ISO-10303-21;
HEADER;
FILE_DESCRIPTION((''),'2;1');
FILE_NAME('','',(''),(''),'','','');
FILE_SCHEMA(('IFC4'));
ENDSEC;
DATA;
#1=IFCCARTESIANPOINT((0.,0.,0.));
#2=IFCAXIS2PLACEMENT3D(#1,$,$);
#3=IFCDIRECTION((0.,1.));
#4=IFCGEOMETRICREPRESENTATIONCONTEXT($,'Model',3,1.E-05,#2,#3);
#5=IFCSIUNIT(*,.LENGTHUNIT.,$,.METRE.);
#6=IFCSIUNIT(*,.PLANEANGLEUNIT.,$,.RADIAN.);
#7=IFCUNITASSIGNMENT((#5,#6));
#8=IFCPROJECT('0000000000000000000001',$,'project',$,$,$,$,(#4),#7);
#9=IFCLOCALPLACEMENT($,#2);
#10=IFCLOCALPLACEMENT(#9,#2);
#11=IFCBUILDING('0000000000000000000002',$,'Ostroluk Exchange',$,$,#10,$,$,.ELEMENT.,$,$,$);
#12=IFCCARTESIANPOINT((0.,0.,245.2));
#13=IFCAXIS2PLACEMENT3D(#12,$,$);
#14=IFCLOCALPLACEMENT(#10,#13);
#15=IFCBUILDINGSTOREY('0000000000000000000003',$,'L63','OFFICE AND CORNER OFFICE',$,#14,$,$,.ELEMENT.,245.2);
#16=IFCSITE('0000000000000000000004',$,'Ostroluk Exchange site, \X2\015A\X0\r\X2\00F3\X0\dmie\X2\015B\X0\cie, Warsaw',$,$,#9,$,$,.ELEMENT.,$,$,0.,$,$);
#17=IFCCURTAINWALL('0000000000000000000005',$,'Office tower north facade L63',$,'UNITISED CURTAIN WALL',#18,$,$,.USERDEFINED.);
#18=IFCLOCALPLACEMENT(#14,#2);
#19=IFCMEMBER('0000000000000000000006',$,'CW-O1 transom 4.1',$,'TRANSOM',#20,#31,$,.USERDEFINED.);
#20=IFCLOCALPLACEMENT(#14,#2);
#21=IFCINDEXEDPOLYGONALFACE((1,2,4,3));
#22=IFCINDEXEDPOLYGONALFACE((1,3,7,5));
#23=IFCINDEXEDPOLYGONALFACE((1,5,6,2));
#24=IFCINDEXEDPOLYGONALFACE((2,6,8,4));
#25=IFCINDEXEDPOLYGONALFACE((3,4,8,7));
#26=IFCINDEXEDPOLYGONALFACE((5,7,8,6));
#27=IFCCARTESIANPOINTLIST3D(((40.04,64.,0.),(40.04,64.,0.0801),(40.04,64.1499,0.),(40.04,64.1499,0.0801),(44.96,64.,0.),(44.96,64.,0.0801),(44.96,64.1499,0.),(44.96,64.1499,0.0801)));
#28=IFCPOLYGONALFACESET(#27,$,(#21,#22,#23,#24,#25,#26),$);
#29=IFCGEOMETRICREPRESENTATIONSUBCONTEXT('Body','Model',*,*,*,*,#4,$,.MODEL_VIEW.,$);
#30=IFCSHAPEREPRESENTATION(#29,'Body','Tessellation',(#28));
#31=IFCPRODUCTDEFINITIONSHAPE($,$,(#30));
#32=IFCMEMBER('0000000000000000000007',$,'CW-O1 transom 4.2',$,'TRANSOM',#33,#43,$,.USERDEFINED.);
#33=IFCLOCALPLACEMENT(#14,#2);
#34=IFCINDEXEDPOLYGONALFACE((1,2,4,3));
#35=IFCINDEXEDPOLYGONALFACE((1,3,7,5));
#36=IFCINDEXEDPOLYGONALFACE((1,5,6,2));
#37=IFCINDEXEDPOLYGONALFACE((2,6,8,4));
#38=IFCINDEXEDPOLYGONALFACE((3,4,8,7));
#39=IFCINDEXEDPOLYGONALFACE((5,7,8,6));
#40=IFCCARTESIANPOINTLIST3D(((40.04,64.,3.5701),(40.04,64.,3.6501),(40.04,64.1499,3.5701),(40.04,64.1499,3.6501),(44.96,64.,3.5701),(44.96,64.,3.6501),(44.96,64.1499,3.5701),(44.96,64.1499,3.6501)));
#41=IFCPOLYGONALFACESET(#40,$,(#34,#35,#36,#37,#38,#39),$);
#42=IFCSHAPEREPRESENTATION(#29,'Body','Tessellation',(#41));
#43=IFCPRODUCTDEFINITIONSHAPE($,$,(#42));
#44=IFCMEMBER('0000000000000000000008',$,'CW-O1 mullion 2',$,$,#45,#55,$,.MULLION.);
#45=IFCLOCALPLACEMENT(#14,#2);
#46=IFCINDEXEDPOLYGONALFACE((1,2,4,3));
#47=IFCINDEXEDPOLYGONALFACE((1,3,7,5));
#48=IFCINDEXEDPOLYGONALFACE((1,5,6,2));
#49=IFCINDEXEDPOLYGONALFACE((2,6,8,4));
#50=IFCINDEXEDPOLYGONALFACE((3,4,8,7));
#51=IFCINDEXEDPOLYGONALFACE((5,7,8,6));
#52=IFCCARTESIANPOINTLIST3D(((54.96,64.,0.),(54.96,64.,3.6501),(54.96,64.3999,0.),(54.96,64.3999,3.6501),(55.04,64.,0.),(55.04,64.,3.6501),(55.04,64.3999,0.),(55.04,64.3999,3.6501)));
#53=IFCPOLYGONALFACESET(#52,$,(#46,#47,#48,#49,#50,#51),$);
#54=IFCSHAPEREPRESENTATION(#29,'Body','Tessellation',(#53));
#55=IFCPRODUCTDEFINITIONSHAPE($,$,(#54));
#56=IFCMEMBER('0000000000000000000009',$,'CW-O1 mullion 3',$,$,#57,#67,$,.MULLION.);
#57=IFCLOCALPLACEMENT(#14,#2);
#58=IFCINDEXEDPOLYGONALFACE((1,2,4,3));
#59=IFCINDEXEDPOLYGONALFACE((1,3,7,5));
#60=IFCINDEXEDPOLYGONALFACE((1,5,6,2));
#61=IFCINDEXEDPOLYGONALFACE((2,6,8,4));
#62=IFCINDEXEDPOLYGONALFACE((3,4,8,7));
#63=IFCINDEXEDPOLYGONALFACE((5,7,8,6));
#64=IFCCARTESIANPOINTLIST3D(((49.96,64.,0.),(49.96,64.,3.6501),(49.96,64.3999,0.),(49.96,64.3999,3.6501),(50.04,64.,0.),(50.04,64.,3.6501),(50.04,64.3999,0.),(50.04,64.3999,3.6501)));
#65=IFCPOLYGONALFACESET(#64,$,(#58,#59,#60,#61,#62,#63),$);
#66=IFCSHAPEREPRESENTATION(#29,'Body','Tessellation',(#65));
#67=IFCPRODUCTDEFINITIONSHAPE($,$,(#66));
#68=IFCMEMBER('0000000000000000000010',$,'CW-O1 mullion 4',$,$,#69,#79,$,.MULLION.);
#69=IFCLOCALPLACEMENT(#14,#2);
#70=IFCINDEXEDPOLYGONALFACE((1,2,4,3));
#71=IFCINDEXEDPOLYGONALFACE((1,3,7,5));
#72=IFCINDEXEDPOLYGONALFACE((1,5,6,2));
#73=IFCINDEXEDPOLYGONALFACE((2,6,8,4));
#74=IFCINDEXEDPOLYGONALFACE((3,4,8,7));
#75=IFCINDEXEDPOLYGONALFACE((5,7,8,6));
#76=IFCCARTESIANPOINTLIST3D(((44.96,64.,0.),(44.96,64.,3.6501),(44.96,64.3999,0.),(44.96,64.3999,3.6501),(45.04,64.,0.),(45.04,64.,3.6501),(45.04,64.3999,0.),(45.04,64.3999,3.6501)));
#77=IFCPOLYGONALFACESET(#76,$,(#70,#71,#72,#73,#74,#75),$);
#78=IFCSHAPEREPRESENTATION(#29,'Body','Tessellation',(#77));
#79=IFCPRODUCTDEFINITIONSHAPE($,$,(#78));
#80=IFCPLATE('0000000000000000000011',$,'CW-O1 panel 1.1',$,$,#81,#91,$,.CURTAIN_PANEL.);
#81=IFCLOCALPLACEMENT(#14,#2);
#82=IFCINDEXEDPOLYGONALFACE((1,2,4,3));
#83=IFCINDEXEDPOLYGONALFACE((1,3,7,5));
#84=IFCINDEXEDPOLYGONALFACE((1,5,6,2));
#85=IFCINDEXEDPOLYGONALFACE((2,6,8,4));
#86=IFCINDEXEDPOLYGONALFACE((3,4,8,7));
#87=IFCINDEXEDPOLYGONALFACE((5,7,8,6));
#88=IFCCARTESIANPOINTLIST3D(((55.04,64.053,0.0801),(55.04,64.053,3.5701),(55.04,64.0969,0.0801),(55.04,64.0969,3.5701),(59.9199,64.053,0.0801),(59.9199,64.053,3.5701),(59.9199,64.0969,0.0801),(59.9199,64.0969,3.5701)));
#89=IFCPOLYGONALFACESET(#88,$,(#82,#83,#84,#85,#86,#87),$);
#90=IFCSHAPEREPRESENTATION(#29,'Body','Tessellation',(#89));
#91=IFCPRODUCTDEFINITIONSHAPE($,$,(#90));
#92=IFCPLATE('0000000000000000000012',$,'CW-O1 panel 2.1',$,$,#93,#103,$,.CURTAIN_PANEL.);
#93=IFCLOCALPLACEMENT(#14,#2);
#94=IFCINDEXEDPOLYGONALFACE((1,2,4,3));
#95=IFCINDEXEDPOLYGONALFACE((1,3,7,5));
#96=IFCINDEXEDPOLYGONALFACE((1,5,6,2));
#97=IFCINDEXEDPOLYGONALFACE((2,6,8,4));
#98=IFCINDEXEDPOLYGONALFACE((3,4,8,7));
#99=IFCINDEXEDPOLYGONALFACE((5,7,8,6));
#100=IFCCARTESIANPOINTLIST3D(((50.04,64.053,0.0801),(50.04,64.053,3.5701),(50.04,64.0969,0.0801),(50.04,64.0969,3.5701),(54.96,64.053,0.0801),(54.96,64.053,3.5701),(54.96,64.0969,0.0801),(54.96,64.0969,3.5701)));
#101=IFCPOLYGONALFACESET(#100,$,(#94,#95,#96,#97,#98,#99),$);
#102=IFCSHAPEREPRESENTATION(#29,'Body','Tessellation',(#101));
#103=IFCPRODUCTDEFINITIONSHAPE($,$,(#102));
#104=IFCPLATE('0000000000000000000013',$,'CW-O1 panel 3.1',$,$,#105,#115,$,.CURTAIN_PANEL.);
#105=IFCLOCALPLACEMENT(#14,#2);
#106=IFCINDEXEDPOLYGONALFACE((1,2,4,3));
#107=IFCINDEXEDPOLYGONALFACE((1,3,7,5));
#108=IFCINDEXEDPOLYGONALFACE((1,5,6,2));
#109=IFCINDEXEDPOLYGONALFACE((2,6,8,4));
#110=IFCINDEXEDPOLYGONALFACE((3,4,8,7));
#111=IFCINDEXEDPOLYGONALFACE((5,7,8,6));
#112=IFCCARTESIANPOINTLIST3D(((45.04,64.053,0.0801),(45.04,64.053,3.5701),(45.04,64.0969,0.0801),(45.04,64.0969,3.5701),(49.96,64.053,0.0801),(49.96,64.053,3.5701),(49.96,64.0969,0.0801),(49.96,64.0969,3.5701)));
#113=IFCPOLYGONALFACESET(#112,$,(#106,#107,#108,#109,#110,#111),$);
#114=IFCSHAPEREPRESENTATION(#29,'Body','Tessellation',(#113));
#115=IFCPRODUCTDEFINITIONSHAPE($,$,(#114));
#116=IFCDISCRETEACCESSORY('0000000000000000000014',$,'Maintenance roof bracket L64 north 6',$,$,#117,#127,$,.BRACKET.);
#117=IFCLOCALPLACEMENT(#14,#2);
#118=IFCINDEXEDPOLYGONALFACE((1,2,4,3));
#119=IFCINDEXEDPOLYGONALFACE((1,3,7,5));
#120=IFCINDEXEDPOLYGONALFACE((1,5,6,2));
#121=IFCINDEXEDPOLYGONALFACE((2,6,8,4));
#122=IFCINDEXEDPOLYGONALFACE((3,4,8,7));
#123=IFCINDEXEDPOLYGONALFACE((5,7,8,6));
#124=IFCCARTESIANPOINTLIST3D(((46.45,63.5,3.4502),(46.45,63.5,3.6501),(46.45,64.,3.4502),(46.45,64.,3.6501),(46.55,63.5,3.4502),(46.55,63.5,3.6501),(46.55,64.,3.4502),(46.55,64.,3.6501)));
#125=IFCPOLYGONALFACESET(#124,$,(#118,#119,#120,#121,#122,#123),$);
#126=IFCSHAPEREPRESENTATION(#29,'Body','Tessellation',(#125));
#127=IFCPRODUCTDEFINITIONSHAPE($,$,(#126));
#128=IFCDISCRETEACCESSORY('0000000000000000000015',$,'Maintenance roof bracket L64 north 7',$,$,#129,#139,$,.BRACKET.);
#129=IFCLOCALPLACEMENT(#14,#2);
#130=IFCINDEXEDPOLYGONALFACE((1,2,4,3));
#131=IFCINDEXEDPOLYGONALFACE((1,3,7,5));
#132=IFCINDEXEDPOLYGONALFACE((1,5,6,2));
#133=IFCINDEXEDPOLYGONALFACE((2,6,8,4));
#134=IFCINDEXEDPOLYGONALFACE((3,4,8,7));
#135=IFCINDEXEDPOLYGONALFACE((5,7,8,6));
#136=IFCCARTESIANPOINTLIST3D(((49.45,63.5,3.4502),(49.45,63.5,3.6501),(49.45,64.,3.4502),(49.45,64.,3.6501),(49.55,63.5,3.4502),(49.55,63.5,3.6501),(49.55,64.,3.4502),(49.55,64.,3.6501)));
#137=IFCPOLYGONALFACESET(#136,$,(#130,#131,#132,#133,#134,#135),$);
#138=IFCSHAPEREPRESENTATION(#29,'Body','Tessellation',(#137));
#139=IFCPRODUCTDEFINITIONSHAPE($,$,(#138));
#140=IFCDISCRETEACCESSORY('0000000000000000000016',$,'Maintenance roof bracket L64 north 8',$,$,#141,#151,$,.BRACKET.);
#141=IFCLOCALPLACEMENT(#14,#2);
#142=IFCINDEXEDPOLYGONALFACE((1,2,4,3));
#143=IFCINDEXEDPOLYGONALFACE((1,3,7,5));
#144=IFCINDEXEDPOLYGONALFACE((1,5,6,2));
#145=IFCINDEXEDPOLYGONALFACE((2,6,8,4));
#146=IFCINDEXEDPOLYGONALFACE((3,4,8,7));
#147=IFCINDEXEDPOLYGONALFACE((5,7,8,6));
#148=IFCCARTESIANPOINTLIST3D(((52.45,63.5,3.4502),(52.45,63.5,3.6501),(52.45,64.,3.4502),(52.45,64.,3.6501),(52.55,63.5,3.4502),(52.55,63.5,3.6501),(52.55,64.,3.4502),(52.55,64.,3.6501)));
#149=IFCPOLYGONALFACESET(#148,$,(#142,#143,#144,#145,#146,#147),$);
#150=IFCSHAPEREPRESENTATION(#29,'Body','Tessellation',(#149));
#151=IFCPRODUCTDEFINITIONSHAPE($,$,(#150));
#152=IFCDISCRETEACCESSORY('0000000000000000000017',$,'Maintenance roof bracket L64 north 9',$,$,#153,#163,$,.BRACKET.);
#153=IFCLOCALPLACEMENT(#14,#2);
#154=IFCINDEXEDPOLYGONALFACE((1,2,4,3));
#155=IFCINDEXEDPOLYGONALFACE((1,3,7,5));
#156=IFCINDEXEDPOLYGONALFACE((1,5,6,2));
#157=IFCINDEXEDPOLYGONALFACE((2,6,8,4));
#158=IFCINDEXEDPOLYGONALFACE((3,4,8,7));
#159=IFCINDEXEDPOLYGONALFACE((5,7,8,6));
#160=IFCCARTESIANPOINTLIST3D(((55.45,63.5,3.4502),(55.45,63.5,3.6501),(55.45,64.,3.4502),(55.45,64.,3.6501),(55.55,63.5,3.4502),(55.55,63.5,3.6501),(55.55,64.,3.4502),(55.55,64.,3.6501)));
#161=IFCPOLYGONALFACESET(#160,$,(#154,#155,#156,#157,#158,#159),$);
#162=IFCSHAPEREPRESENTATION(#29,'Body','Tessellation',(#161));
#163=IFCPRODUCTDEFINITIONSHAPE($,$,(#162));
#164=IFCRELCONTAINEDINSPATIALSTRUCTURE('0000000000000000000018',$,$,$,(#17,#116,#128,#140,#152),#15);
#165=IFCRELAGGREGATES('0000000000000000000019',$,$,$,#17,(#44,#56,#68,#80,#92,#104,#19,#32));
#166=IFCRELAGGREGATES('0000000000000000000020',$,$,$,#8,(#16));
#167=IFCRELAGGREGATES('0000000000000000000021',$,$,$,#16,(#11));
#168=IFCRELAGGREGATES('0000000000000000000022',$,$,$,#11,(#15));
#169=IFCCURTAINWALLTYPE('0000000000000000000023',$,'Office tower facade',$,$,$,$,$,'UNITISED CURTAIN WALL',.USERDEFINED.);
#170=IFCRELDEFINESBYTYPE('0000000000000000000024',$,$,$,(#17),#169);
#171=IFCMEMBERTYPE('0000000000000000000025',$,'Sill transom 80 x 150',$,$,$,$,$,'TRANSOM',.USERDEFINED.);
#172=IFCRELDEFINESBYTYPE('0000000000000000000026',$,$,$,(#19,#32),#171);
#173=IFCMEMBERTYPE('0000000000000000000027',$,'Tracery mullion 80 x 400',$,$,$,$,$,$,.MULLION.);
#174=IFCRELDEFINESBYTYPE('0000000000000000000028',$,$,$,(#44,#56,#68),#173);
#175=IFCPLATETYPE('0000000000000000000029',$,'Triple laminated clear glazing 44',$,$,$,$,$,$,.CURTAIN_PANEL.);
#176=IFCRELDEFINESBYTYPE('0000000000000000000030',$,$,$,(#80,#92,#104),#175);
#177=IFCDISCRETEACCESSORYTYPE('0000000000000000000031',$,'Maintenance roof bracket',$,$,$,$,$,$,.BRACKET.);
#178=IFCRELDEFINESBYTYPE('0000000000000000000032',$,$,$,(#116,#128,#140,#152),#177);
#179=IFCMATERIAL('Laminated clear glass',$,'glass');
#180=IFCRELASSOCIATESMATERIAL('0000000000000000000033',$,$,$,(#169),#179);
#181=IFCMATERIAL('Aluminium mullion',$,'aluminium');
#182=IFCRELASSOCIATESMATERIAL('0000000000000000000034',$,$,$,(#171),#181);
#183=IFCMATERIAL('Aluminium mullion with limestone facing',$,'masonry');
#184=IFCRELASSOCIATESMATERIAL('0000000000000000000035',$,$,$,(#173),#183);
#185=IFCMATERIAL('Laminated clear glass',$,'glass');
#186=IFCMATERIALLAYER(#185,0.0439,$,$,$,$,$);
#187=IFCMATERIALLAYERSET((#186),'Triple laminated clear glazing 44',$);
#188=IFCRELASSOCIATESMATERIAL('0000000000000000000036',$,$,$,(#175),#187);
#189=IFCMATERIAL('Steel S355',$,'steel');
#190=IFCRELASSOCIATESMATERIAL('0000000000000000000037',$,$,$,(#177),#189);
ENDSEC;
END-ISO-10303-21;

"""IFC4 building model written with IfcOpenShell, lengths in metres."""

from ifc_helpers import new_model, si_unit, direction, frame, origin, origin_2d, place, context, subcontext, project, spatial, rectangle, extrude, material, layer, layer_set, material_profile, profile_set, type_object, element, aggregate, save


model = new_model("IFC4")

# Units and contexts
model_context = context("Model", 3, precision=1e-05, world=origin(), true_north=direction((0.0, 1.0)))
body_context = subcontext(model_context, "Body", "Model", "MODEL_VIEW")
ifc_project = project(units=[si_unit("LENGTHUNIT", "METRE"), si_unit("PLANEANGLEUNIT", "RADIAN")], contexts=[model_context])

# Site, building, storey
site_placement = place(None, origin())
site = spatial("IfcSite", under=ifc_project, at=site_placement, Name="Ostroluk Exchange site, Śródmieście, Warsaw", CompositionType="ELEMENT", RefElevation=0.0)
building_placement = place(site_placement, origin())
building = spatial("IfcBuilding", under=site, at=building_placement, Name="Ostroluk Exchange", CompositionType="ELEMENT")
storey_placement = place(building_placement, frame((0.0, 0.0, 245.2)))
storey = spatial("IfcBuildingStorey", under=building, at=storey_placement, Name="L63", Description="OFFICE AND CORNER OFFICE", CompositionType="ELEMENT", Elevation=245.2)

# Curtain wall, members, plates
ifc_material_1 = material(Name="Laminated clear glass", Category="glass")
curtain_wall_type = type_object("IfcCurtainWallType", Name="Office tower facade", ElementType="UNITISED CURTAIN WALL", PredefinedType="USERDEFINED", material=ifc_material_1)
curtain_wall_placement = place(storey_placement, origin())
curtain_wall = element("IfcCurtainWall", 1, at=curtain_wall_placement, inside=storey, type_object=curtain_wall_type, Name="Office tower north facade L63", ObjectType="UNITISED CURTAIN WALL", PredefinedType="USERDEFINED")
ifc_material_2 = material(Name="Aluminium mullion", Category="aluminium")
ifc_material_profile_1 = material_profile(ifc_material_2, rectangle(XDim=0.1499, YDim=0.0801, at=origin_2d()), Name="Sill transom 80 x 150")
ifc_profile_set_1 = profile_set([ifc_material_profile_1], Name="Aluminium mullion")
member_type_1 = type_object("IfcMemberType", Name="Sill transom 80 x 150", ElementType="TRANSOM", PredefinedType="USERDEFINED", material=ifc_profile_set_1)
member_1_placement = place(storey_placement, frame((44.96, 64.075, 0.04), z_axis=(-1.0, 0.0, 0.0), x_axis=(0.0, -1.0, 0.0)))
member_1 = element("IfcMember", 2, at=member_1_placement, type_object=member_type_1, Name="CW-O1 transom 4.1", ObjectType="TRANSOM", PredefinedType="USERDEFINED", context=body_context, shape_type="SweptSolid", body=[
    extrude(rectangle(XDim=0.1499, YDim=0.0801, at=origin_2d()), origin(), (0.0, 0.0, 1.0), 4.9199),
])
member_2_placement = place(storey_placement, frame((44.96, 64.075, 3.6101), z_axis=(-1.0, 0.0, 0.0), x_axis=(0.0, -1.0, 0.0)))
member_2 = element("IfcMember", 3, at=member_2_placement, type_object=member_type_1, Name="CW-O1 transom 4.2", ObjectType="TRANSOM", PredefinedType="USERDEFINED", context=body_context, shape_type="SweptSolid", body=[
    extrude(rectangle(XDim=0.1499, YDim=0.0801, at=origin_2d()), origin(), (0.0, 0.0, 1.0), 4.9199),
])
ifc_material_3 = material(Name="Aluminium mullion with limestone facing", Category="masonry")
ifc_material_profile_2 = material_profile(ifc_material_3, rectangle(XDim=0.3999, YDim=0.0801, at=origin_2d()), Name="Tracery mullion 80 x 400")
ifc_profile_set_2 = profile_set([ifc_material_profile_2], Name="Aluminium mullion with limestone facing")
member_type_2 = type_object("IfcMemberType", Name="Tracery mullion 80 x 400", PredefinedType="MULLION", material=ifc_profile_set_2)
member_3_placement = place(storey_placement, frame((55.0, 64.2, 0.0), z_axis=(0.0, 0.0, 1.0), x_axis=(0.0, -1.0, 0.0)))
member_3 = element("IfcMember", 4, at=member_3_placement, type_object=member_type_2, Name="CW-O1 mullion 2", PredefinedType="MULLION", context=body_context, shape_type="SweptSolid", body=[
    extrude(rectangle(XDim=0.3999, YDim=0.0801, at=origin_2d()), origin(), (0.0, 0.0, 1.0), 3.6501),
])
member_4_placement = place(storey_placement, frame((50.0, 64.2, 0.0), z_axis=(0.0, 0.0, 1.0), x_axis=(0.0, -1.0, 0.0)))
member_4 = element("IfcMember", 5, at=member_4_placement, type_object=member_type_2, Name="CW-O1 mullion 3", PredefinedType="MULLION", context=body_context, shape_type="SweptSolid", body=[
    extrude(rectangle(XDim=0.3999, YDim=0.0801, at=origin_2d()), origin(), (0.0, 0.0, 1.0), 3.6501),
])
member_5_placement = place(storey_placement, frame((45.0, 64.2, 0.0), z_axis=(0.0, 0.0, 1.0), x_axis=(0.0, -1.0, 0.0)))
member_5 = element("IfcMember", 6, at=member_5_placement, type_object=member_type_2, Name="CW-O1 mullion 4", PredefinedType="MULLION", context=body_context, shape_type="SweptSolid", body=[
    extrude(rectangle(XDim=0.3999, YDim=0.0801, at=origin_2d()), origin(), (0.0, 0.0, 1.0), 3.6501),
])
ifc_material_4 = material(Name="Laminated clear glass", Category="glass")
ifc_layer = layer(ifc_material_4, 0.0439)
ifc_layer_set = layer_set([ifc_layer], Name="Triple laminated clear glazing 44")
plate_type = type_object("IfcPlateType", Name="Triple laminated clear glazing 44", PredefinedType="CURTAIN_PANEL", material=ifc_layer_set)
plate_1_placement = place(storey_placement, frame((57.48, 64.075, 0.0801), z_axis=(0.0, 0.0, 1.0), x_axis=(-1.0, 0.0, 0.0)))
plate_1 = element("IfcPlate", 7, at=plate_1_placement, type_object=plate_type, Name="CW-O1 panel 1.1", PredefinedType="CURTAIN_PANEL", context=body_context, shape_type="SweptSolid", body=[
    extrude(rectangle(XDim=4.8799, YDim=0.0439, at=origin_2d()), origin(), (0.0, 0.0, 1.0), 3.49),
])
plate_2_placement = place(storey_placement, frame((52.5, 64.075, 0.0801), z_axis=(0.0, 0.0, 1.0), x_axis=(-1.0, 0.0, 0.0)))
plate_2 = element("IfcPlate", 8, at=plate_2_placement, type_object=plate_type, Name="CW-O1 panel 2.1", PredefinedType="CURTAIN_PANEL", context=body_context, shape_type="SweptSolid", body=[
    extrude(rectangle(XDim=4.9199, YDim=0.0439, at=origin_2d()), origin(), (0.0, 0.0, 1.0), 3.49),
])
plate_3_placement = place(storey_placement, frame((47.5, 64.075, 0.0801), z_axis=(0.0, 0.0, 1.0), x_axis=(-1.0, 0.0, 0.0)))
plate_3 = element("IfcPlate", 9, at=plate_3_placement, type_object=plate_type, Name="CW-O1 panel 3.1", PredefinedType="CURTAIN_PANEL", context=body_context, shape_type="SweptSolid", body=[
    extrude(rectangle(XDim=4.9199, YDim=0.0439, at=origin_2d()), origin(), (0.0, 0.0, 1.0), 3.49),
])
aggregate(curtain_wall, [member_3, member_4, member_5, plate_1, plate_2, plate_3, member_1, member_2])

# Discrete accessories
ifc_material_5 = material(Name="Steel S355", Category="steel")
discrete_accessory_type = type_object("IfcDiscreteAccessoryType", Name="Maintenance roof bracket", PredefinedType="BRACKET", material=ifc_material_5)
for number, where, z_axis, x_axis, name in (
    (10, (46.5, 63.75, 3.4502), (0.0, 0.0, 1.0), (1.0, 0.0, 0.0), "Maintenance roof bracket L64 north 6"),
    (11, (49.5, 63.75, 3.4502), (0.0, 0.0, 1.0), (1.0, 0.0, 0.0), "Maintenance roof bracket L64 north 7"),
    (12, (52.5, 63.75, 3.4502), (0.0, 0.0, 1.0), (1.0, 0.0, 0.0), "Maintenance roof bracket L64 north 8"),
    (13, (55.5, 63.75, 3.4502), (0.0, 0.0, 1.0), (1.0, 0.0, 0.0), "Maintenance roof bracket L64 north 9"),
):
    element("IfcDiscreteAccessory", number, at=place(storey_placement, frame(where, z_axis=z_axis, x_axis=x_axis)), inside=storey, type_object=discrete_accessory_type, Name=name, PredefinedType="BRACKET", context=body_context, shape_type="SweptSolid", body=[
        extrude(rectangle(XDim=0.1001, YDim=0.5, at=origin_2d()), origin(), (0.0, 0.0, 1.0), 0.2),
    ])

save(model, "model.ifc")
